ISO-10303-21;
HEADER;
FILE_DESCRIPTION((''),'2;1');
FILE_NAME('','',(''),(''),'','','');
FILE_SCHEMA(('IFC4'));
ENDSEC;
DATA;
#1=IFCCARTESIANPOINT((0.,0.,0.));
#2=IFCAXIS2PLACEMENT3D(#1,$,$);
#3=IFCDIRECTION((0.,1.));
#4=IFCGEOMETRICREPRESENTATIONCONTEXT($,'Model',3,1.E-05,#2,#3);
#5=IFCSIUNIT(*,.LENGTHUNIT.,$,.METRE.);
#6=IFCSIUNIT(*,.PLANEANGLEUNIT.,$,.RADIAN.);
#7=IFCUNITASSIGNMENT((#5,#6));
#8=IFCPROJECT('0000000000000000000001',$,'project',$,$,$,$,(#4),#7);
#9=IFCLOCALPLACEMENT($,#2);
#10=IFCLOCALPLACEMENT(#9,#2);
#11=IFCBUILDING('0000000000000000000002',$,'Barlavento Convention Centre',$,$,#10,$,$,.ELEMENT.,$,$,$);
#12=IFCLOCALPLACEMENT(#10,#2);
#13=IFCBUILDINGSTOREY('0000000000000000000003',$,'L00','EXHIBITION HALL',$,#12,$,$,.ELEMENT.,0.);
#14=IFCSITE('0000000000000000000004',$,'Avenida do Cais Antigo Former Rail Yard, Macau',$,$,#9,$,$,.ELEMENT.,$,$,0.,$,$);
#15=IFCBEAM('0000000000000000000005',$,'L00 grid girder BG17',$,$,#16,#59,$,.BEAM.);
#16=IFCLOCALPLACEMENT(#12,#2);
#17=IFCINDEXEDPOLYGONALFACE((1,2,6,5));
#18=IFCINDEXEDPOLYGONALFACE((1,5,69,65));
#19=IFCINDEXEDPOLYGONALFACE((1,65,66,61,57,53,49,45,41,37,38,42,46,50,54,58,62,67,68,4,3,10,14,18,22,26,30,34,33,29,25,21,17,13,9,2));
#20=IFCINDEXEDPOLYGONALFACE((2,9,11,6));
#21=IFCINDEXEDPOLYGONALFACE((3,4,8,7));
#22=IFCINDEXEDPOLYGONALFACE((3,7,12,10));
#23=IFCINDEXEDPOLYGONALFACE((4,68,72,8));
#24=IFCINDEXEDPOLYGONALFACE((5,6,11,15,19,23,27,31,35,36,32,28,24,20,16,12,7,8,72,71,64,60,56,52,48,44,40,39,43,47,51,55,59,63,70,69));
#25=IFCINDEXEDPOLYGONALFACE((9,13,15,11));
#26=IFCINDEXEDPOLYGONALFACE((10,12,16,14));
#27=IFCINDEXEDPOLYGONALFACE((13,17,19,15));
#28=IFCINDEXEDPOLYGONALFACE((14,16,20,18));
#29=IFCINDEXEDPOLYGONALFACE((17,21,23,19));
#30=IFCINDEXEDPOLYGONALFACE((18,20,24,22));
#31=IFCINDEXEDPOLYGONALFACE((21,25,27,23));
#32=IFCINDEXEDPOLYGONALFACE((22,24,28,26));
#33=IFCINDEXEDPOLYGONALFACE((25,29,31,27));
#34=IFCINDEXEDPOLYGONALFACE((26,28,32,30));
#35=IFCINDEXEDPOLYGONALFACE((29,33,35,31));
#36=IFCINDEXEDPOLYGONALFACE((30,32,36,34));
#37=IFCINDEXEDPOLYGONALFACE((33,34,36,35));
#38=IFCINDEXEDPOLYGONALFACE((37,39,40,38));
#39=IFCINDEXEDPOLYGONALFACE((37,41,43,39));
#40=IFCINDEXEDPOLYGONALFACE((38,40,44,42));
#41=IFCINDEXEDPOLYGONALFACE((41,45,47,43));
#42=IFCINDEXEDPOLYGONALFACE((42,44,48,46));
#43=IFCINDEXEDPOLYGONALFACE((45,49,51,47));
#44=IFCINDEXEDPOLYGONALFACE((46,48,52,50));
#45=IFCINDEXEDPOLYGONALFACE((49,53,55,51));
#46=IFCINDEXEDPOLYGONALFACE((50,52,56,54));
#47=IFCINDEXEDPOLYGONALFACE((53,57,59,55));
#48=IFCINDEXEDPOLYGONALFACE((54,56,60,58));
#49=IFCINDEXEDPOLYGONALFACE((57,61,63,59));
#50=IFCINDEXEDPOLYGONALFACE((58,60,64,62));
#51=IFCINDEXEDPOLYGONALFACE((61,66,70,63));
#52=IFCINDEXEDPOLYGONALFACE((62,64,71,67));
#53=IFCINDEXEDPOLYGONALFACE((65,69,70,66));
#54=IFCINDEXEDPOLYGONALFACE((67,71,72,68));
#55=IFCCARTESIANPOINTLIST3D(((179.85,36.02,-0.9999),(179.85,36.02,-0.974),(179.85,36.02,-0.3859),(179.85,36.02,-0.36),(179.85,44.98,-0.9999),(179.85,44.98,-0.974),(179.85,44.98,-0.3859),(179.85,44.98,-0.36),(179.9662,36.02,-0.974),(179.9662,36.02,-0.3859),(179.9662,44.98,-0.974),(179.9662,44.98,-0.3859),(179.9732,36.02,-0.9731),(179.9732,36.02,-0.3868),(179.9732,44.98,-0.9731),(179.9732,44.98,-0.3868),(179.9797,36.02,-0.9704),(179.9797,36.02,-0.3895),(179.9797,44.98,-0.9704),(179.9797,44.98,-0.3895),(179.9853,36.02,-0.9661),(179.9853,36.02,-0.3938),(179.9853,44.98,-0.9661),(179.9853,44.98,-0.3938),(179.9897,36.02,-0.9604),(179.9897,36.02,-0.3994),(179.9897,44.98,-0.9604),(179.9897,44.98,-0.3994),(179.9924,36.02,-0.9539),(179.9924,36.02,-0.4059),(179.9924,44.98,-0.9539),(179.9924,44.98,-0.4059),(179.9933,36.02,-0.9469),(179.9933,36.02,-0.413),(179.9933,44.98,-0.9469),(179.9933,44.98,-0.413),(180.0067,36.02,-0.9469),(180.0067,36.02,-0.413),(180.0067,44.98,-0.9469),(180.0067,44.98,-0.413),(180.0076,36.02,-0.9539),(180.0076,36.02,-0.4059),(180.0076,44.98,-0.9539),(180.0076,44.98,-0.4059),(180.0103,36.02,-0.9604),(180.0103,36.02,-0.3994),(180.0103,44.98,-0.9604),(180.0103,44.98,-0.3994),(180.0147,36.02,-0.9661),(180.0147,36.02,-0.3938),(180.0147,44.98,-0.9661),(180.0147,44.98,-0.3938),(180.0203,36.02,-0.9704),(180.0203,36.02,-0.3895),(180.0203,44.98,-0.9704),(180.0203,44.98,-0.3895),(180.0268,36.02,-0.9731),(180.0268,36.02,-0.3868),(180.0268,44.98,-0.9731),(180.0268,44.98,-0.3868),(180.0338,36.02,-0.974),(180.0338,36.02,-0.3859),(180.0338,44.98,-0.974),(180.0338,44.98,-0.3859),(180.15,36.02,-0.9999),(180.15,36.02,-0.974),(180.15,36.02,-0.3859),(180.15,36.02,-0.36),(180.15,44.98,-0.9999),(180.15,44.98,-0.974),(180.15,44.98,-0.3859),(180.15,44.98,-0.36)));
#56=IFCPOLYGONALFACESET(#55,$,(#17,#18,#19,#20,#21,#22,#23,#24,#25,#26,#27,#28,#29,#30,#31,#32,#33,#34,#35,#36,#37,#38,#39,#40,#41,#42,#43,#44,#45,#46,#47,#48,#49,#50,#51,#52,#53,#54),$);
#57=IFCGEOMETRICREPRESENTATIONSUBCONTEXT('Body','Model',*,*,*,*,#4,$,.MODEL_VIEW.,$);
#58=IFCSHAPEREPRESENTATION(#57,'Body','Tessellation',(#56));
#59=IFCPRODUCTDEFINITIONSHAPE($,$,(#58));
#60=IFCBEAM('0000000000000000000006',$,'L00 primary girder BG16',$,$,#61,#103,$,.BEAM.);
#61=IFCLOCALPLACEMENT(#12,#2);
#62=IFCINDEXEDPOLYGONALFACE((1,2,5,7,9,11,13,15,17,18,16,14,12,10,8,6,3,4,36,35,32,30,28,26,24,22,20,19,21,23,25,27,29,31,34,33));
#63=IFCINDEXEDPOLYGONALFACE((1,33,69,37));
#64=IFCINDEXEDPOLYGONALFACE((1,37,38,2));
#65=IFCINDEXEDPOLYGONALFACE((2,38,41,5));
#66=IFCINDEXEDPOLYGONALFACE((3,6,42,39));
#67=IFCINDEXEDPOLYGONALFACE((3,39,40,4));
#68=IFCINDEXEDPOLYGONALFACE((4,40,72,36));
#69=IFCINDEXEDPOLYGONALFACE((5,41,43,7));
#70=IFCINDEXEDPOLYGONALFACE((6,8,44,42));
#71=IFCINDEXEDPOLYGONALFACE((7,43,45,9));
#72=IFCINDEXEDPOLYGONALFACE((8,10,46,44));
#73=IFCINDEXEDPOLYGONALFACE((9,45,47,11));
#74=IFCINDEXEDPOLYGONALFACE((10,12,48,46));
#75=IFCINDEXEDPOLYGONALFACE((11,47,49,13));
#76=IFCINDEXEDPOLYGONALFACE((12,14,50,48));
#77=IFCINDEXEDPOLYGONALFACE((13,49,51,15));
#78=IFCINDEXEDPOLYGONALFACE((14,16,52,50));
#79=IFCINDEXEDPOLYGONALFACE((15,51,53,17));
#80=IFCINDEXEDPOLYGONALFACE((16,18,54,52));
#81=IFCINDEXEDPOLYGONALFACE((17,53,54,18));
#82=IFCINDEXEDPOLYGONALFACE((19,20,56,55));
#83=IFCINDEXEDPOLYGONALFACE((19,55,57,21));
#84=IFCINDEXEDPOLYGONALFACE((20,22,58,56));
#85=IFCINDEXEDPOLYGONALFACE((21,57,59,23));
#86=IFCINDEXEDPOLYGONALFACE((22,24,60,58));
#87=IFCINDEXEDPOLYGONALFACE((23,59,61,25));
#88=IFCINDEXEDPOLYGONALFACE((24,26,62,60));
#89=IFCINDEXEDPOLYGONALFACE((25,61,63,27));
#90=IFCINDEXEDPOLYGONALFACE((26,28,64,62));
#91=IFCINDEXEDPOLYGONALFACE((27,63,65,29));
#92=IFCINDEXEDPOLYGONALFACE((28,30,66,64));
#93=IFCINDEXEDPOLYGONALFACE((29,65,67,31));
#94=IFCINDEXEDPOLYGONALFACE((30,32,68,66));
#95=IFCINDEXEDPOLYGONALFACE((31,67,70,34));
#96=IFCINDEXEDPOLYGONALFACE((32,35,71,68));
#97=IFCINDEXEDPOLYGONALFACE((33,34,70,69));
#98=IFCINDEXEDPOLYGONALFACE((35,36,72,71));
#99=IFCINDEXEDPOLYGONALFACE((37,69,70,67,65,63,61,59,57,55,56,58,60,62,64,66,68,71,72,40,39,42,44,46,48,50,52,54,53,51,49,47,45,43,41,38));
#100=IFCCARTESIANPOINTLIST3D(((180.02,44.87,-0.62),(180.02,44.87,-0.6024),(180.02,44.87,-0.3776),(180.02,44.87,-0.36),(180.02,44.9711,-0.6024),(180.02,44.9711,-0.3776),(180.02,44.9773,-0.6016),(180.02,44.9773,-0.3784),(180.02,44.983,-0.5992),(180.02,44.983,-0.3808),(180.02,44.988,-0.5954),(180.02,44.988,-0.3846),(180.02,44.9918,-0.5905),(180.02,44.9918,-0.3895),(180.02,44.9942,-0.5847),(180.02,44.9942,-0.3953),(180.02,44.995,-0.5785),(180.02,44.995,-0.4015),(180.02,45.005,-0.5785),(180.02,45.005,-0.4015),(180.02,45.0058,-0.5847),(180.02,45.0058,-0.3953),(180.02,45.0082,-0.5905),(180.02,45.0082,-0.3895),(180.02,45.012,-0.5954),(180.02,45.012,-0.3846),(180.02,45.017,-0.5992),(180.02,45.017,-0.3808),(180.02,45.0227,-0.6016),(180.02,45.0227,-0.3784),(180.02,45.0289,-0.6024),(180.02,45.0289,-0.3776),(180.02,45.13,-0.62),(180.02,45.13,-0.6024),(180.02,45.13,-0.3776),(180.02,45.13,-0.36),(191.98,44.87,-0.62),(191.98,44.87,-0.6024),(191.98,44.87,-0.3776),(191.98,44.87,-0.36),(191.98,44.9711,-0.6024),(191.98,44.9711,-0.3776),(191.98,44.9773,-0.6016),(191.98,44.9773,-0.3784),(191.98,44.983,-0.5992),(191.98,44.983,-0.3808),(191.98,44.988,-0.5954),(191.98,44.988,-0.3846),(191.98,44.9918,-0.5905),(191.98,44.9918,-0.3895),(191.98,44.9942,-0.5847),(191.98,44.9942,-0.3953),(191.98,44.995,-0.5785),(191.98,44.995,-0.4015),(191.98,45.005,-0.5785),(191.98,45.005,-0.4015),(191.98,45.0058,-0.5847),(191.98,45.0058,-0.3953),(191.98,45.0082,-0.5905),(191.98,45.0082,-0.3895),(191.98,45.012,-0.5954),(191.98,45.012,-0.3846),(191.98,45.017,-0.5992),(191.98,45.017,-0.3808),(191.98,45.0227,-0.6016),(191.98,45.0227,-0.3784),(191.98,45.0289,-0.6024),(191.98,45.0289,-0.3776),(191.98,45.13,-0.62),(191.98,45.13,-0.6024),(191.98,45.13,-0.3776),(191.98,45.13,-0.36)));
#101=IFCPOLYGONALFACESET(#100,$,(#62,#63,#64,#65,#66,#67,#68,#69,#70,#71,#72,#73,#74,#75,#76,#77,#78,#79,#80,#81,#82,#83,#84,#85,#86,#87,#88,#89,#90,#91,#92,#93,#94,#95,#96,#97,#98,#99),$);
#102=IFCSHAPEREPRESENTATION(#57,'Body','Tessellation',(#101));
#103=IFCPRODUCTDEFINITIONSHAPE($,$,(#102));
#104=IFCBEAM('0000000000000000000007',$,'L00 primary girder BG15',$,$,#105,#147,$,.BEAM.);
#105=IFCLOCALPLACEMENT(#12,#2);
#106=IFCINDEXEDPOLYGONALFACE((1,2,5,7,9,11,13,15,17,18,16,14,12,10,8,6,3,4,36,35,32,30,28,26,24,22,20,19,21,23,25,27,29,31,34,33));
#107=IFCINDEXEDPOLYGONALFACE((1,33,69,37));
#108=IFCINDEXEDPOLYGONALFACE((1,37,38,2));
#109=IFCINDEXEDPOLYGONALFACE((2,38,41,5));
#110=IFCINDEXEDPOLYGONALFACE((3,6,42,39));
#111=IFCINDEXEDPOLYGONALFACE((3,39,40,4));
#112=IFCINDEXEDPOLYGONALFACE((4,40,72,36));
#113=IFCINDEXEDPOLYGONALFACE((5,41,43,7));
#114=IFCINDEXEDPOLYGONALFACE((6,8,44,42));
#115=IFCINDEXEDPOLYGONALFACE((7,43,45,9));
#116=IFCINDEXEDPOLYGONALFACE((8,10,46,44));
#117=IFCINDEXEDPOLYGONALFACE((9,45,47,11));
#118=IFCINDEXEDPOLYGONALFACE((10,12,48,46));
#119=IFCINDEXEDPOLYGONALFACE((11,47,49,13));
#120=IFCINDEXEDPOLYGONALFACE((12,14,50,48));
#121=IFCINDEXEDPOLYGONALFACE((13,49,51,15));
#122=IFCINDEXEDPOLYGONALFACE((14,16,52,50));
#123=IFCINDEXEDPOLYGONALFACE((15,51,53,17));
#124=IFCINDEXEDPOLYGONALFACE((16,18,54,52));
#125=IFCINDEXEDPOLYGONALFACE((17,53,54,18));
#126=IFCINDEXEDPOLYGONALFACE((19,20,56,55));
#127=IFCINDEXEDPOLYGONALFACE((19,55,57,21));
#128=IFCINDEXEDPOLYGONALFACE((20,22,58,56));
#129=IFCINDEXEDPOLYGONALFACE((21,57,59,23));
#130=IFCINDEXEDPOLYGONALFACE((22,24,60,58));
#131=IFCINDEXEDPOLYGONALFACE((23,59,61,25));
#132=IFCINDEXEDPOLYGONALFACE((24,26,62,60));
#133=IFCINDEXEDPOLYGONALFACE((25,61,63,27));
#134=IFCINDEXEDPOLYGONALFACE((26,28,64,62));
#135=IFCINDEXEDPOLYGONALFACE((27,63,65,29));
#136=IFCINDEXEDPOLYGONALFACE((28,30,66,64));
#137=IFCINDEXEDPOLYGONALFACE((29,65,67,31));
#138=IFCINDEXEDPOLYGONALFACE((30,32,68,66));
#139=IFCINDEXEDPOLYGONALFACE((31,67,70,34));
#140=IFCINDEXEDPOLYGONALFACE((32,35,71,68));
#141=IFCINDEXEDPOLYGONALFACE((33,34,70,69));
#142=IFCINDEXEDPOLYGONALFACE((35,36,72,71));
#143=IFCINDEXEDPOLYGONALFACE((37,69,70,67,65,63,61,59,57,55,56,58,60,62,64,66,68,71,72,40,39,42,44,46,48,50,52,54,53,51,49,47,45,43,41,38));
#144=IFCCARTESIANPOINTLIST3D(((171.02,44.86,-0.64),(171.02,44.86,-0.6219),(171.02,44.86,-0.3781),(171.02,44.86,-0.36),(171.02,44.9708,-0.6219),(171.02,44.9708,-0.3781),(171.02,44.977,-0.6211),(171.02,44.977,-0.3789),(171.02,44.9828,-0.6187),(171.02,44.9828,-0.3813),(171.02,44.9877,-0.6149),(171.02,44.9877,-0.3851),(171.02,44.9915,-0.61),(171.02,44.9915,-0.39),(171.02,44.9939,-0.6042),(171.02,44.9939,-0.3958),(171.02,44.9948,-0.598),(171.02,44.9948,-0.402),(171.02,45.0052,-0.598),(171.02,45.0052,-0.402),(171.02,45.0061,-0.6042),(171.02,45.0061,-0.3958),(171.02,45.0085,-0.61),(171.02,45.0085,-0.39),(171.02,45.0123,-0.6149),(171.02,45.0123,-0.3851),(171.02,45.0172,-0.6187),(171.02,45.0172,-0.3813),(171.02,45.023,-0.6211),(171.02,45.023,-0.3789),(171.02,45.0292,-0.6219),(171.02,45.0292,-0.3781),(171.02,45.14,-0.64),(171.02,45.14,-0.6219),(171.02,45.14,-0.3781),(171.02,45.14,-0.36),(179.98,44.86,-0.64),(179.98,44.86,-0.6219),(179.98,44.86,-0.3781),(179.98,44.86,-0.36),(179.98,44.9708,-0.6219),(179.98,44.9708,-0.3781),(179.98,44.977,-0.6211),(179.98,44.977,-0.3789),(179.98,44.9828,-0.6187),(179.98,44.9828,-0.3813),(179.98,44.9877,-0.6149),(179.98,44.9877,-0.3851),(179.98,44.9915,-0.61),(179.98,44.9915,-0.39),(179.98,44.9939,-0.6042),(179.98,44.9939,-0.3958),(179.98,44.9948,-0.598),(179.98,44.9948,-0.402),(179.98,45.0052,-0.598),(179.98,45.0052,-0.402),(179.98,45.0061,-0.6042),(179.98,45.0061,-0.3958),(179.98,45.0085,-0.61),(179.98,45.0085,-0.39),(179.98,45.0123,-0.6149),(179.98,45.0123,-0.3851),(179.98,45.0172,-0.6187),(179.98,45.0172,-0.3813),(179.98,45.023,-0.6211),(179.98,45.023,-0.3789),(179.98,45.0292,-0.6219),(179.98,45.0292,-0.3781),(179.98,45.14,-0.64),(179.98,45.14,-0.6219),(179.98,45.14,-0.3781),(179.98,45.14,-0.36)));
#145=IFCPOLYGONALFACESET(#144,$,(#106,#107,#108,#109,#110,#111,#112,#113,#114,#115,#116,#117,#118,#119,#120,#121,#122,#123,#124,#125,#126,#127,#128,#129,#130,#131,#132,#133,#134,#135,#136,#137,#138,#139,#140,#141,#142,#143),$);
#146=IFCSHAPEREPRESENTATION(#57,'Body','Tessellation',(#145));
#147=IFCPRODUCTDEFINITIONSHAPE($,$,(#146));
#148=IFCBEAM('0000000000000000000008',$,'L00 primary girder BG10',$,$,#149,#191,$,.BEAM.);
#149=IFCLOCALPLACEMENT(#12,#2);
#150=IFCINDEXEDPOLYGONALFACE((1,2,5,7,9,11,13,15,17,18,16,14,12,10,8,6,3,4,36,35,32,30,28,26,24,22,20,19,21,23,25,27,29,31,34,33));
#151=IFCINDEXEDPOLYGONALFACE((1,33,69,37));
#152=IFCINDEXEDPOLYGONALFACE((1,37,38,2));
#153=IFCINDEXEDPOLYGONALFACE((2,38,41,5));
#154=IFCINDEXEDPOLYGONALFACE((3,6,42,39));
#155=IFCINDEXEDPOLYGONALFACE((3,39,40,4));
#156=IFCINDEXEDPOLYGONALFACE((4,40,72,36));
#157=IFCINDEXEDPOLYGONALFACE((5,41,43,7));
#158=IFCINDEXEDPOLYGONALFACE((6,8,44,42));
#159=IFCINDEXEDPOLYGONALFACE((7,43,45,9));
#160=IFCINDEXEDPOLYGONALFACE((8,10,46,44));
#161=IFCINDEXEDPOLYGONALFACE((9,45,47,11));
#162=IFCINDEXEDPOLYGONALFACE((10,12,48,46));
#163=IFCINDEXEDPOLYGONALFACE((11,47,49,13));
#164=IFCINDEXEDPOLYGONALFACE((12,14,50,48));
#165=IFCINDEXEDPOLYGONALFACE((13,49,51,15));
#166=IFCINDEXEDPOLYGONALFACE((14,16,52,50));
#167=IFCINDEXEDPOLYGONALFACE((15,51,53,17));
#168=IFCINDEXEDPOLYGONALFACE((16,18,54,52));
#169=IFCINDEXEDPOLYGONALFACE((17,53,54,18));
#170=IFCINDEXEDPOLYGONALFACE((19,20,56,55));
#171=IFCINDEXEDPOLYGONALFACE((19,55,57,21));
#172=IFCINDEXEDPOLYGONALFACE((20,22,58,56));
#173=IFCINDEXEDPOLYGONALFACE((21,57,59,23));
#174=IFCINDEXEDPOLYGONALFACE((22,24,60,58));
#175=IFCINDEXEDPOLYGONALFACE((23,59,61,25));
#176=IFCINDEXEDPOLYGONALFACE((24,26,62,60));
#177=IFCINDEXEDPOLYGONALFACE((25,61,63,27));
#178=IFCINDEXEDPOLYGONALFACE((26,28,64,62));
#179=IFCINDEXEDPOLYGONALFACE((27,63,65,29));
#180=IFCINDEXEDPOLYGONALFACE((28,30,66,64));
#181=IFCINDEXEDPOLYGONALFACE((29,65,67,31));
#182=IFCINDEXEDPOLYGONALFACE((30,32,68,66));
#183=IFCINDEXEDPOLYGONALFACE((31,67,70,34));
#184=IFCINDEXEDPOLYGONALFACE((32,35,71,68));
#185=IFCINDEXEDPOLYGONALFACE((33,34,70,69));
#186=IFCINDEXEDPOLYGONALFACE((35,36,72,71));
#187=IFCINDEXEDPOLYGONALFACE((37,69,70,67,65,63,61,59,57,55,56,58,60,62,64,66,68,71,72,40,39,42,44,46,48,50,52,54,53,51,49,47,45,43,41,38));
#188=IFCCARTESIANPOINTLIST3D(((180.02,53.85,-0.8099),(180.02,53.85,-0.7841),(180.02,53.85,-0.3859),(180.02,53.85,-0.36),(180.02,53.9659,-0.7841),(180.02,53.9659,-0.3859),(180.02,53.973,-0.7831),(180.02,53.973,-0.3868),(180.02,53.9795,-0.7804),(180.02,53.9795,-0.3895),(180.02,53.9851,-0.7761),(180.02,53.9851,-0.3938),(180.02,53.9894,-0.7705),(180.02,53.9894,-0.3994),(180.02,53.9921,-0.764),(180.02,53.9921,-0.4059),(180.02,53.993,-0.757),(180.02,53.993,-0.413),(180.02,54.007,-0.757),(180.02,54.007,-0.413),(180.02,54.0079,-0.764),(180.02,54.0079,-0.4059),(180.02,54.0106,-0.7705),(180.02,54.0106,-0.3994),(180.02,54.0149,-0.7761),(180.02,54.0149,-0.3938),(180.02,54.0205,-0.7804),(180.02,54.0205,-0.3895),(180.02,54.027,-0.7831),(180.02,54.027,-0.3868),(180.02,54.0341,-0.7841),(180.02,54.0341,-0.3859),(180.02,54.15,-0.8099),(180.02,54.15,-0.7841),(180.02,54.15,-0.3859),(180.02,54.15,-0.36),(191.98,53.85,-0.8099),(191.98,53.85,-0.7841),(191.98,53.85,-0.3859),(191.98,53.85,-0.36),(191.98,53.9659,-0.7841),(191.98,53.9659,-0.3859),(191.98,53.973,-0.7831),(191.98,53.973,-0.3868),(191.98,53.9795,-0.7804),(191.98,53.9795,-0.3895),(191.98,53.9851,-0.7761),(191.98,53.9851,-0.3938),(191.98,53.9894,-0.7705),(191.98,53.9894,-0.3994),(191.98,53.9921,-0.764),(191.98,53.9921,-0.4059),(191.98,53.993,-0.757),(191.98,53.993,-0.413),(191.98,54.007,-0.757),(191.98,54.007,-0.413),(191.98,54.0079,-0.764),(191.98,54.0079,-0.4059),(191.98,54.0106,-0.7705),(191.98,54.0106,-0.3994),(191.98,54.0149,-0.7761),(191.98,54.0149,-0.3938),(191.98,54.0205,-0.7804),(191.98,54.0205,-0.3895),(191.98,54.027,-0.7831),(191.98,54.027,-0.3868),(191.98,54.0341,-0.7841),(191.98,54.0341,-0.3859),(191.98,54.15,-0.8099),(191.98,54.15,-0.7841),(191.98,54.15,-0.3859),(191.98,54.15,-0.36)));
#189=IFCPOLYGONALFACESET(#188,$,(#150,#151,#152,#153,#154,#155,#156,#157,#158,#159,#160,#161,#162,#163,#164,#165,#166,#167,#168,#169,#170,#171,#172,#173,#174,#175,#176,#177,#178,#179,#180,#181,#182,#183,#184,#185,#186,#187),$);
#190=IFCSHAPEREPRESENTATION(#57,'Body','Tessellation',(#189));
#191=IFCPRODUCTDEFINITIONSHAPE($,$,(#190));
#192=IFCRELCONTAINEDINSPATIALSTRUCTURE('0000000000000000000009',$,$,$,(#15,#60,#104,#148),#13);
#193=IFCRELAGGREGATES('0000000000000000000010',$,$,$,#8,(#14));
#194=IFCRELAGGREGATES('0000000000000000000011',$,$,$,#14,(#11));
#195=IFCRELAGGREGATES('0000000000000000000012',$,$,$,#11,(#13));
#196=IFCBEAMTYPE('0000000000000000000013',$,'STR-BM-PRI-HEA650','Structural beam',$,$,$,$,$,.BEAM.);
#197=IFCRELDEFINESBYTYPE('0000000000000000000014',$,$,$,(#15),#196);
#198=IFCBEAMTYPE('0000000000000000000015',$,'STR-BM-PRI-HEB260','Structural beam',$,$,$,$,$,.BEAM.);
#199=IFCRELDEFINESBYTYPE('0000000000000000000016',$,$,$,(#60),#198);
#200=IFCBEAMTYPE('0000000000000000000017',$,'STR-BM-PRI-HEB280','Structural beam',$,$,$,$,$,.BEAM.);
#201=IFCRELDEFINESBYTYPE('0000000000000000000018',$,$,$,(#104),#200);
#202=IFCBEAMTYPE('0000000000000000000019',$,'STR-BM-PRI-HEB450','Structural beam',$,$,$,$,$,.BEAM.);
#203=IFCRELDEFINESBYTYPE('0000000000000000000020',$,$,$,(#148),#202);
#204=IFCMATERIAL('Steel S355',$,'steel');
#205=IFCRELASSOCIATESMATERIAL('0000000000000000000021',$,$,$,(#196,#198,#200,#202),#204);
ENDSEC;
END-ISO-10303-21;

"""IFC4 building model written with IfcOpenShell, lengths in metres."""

from ifc_helpers import new_model, si_unit, direction, frame, origin, origin_2d, place, context, subcontext, project, spatial, i_section, extrude, material, material_profile, profile_set, type_object, element, save


model = new_model("IFC4")

# Units and contexts
model_context = context("Model", 3, precision=1e-05, world=origin(), true_north=direction((0.0, 1.0)))
body_context = subcontext(model_context, "Body", "Model", "MODEL_VIEW")
ifc_project = project(units=[si_unit("LENGTHUNIT", "METRE"), si_unit("PLANEANGLEUNIT", "RADIAN")], contexts=[model_context])

# Site, building, storey
site_placement = place(None, origin())
site = spatial("IfcSite", under=ifc_project, at=site_placement, Name="Avenida do Cais Antigo Former Rail Yard, Macau", CompositionType="ELEMENT", RefElevation=0.0)
building_placement = place(site_placement, origin())
building = spatial("IfcBuilding", under=site, at=building_placement, Name="Barlavento Convention Centre", CompositionType="ELEMENT")
storey_placement = place(building_placement, origin())
storey = spatial("IfcBuildingStorey", under=building, at=storey_placement, Name="L00", Description="EXHIBITION HALL", CompositionType="ELEMENT", Elevation=0.0)

# Beams
ifc_material_1 = material(Name="Steel S355", Category="steel")
ifc_material_profile_1 = material_profile(ifc_material_1, i_section(OverallWidth=0.3, OverallDepth=0.6399, WebThickness=0.0134, FlangeThickness=0.0259, FilletRadius=0.0271, at=origin_2d()), Name="HEA 650")
ifc_profile_set_1 = profile_set([ifc_material_profile_1], Name="Steel S355")
beam_type_1 = type_object("IfcBeamType", Name="STR-BM-PRI-HEA650", Description="Structural beam", PredefinedType="BEAM", material=ifc_profile_set_1)
beam_1_placement = place(storey_placement, frame((180.0, 36.02, -0.6799), z_axis=(0.0, 1.0, 0.0), x_axis=(-1.0, 0.0, 0.0)))
element("IfcBeam", 1, at=beam_1_placement, inside=storey, type_object=beam_type_1, Name="L00 grid girder BG17", PredefinedType="BEAM", context=body_context, shape_type="SweptSolid", body=[
    extrude(i_section(OverallWidth=0.3, OverallDepth=0.6399, WebThickness=0.0134, FlangeThickness=0.0259, FilletRadius=0.0271, at=origin_2d()), origin(), (0.0, 0.0, 1.0), 8.96),
])
ifc_material_profile_2 = material_profile(ifc_material_1, i_section(OverallWidth=0.26, OverallDepth=0.26, WebThickness=0.01, FlangeThickness=0.0176, FilletRadius=0.0239, at=origin_2d()), Name="HEB 260")
ifc_profile_set_2 = profile_set([ifc_material_profile_2], Name="Steel S355")
beam_type_2 = type_object("IfcBeamType", Name="STR-BM-PRI-HEB260", Description="Structural beam", PredefinedType="BEAM", material=ifc_profile_set_2)
beam_2_placement = place(storey_placement, frame((180.02, 45.0, -0.49), z_axis=(1.0, 0.0, 0.0), x_axis=(0.0, 1.0, 0.0)))
element("IfcBeam", 2, at=beam_2_placement, inside=storey, type_object=beam_type_2, Name="L00 primary girder BG16", PredefinedType="BEAM", context=body_context, shape_type="SweptSolid", body=[
    extrude(i_section(OverallWidth=0.26, OverallDepth=0.26, WebThickness=0.01, FlangeThickness=0.0176, FilletRadius=0.0239, at=origin_2d()), origin(), (0.0, 0.0, 1.0), 11.96),
])
ifc_material_profile_3 = material_profile(ifc_material_1, i_section(OverallWidth=0.28, OverallDepth=0.28, WebThickness=0.0105, FlangeThickness=0.0181, FilletRadius=0.0239, at=origin_2d()), Name="HEB 280")
ifc_profile_set_3 = profile_set([ifc_material_profile_3], Name="Steel S355")
beam_type_3 = type_object("IfcBeamType", Name="STR-BM-PRI-HEB280", Description="Structural beam", PredefinedType="BEAM", material=ifc_profile_set_3)
beam_3_placement = place(storey_placement, frame((171.02, 45.0, -0.5), z_axis=(1.0, 0.0, 0.0), x_axis=(0.0, 1.0, 0.0)))
element("IfcBeam", 3, at=beam_3_placement, inside=storey, type_object=beam_type_3, Name="L00 primary girder BG15", PredefinedType="BEAM", context=body_context, shape_type="SweptSolid", body=[
    extrude(i_section(OverallWidth=0.28, OverallDepth=0.28, WebThickness=0.0105, FlangeThickness=0.0181, FilletRadius=0.0239, at=origin_2d()), origin(), (0.0, 0.0, 1.0), 8.96),
])
ifc_material_profile_4 = material_profile(ifc_material_1, i_section(OverallWidth=0.3, OverallDepth=0.45, WebThickness=0.0139, FlangeThickness=0.0259, FilletRadius=0.0271, at=origin_2d()), Name="HEB 450")
ifc_profile_set_4 = profile_set([ifc_material_profile_4], Name="Steel S355")
beam_type_4 = type_object("IfcBeamType", Name="STR-BM-PRI-HEB450", Description="Structural beam", PredefinedType="BEAM", material=ifc_profile_set_4)
beam_4_placement = place(storey_placement, frame((180.02, 54.0, -0.585), z_axis=(1.0, 0.0, 0.0), x_axis=(0.0, 1.0, 0.0)))
element("IfcBeam", 4, at=beam_4_placement, inside=storey, type_object=beam_type_4, Name="L00 primary girder BG10", PredefinedType="BEAM", context=body_context, shape_type="SweptSolid", body=[
    extrude(i_section(OverallWidth=0.3, OverallDepth=0.45, WebThickness=0.0139, FlangeThickness=0.0259, FilletRadius=0.0271, at=origin_2d()), origin(), (0.0, 0.0, 1.0), 11.96),
])

save(model, "model.ifc")
